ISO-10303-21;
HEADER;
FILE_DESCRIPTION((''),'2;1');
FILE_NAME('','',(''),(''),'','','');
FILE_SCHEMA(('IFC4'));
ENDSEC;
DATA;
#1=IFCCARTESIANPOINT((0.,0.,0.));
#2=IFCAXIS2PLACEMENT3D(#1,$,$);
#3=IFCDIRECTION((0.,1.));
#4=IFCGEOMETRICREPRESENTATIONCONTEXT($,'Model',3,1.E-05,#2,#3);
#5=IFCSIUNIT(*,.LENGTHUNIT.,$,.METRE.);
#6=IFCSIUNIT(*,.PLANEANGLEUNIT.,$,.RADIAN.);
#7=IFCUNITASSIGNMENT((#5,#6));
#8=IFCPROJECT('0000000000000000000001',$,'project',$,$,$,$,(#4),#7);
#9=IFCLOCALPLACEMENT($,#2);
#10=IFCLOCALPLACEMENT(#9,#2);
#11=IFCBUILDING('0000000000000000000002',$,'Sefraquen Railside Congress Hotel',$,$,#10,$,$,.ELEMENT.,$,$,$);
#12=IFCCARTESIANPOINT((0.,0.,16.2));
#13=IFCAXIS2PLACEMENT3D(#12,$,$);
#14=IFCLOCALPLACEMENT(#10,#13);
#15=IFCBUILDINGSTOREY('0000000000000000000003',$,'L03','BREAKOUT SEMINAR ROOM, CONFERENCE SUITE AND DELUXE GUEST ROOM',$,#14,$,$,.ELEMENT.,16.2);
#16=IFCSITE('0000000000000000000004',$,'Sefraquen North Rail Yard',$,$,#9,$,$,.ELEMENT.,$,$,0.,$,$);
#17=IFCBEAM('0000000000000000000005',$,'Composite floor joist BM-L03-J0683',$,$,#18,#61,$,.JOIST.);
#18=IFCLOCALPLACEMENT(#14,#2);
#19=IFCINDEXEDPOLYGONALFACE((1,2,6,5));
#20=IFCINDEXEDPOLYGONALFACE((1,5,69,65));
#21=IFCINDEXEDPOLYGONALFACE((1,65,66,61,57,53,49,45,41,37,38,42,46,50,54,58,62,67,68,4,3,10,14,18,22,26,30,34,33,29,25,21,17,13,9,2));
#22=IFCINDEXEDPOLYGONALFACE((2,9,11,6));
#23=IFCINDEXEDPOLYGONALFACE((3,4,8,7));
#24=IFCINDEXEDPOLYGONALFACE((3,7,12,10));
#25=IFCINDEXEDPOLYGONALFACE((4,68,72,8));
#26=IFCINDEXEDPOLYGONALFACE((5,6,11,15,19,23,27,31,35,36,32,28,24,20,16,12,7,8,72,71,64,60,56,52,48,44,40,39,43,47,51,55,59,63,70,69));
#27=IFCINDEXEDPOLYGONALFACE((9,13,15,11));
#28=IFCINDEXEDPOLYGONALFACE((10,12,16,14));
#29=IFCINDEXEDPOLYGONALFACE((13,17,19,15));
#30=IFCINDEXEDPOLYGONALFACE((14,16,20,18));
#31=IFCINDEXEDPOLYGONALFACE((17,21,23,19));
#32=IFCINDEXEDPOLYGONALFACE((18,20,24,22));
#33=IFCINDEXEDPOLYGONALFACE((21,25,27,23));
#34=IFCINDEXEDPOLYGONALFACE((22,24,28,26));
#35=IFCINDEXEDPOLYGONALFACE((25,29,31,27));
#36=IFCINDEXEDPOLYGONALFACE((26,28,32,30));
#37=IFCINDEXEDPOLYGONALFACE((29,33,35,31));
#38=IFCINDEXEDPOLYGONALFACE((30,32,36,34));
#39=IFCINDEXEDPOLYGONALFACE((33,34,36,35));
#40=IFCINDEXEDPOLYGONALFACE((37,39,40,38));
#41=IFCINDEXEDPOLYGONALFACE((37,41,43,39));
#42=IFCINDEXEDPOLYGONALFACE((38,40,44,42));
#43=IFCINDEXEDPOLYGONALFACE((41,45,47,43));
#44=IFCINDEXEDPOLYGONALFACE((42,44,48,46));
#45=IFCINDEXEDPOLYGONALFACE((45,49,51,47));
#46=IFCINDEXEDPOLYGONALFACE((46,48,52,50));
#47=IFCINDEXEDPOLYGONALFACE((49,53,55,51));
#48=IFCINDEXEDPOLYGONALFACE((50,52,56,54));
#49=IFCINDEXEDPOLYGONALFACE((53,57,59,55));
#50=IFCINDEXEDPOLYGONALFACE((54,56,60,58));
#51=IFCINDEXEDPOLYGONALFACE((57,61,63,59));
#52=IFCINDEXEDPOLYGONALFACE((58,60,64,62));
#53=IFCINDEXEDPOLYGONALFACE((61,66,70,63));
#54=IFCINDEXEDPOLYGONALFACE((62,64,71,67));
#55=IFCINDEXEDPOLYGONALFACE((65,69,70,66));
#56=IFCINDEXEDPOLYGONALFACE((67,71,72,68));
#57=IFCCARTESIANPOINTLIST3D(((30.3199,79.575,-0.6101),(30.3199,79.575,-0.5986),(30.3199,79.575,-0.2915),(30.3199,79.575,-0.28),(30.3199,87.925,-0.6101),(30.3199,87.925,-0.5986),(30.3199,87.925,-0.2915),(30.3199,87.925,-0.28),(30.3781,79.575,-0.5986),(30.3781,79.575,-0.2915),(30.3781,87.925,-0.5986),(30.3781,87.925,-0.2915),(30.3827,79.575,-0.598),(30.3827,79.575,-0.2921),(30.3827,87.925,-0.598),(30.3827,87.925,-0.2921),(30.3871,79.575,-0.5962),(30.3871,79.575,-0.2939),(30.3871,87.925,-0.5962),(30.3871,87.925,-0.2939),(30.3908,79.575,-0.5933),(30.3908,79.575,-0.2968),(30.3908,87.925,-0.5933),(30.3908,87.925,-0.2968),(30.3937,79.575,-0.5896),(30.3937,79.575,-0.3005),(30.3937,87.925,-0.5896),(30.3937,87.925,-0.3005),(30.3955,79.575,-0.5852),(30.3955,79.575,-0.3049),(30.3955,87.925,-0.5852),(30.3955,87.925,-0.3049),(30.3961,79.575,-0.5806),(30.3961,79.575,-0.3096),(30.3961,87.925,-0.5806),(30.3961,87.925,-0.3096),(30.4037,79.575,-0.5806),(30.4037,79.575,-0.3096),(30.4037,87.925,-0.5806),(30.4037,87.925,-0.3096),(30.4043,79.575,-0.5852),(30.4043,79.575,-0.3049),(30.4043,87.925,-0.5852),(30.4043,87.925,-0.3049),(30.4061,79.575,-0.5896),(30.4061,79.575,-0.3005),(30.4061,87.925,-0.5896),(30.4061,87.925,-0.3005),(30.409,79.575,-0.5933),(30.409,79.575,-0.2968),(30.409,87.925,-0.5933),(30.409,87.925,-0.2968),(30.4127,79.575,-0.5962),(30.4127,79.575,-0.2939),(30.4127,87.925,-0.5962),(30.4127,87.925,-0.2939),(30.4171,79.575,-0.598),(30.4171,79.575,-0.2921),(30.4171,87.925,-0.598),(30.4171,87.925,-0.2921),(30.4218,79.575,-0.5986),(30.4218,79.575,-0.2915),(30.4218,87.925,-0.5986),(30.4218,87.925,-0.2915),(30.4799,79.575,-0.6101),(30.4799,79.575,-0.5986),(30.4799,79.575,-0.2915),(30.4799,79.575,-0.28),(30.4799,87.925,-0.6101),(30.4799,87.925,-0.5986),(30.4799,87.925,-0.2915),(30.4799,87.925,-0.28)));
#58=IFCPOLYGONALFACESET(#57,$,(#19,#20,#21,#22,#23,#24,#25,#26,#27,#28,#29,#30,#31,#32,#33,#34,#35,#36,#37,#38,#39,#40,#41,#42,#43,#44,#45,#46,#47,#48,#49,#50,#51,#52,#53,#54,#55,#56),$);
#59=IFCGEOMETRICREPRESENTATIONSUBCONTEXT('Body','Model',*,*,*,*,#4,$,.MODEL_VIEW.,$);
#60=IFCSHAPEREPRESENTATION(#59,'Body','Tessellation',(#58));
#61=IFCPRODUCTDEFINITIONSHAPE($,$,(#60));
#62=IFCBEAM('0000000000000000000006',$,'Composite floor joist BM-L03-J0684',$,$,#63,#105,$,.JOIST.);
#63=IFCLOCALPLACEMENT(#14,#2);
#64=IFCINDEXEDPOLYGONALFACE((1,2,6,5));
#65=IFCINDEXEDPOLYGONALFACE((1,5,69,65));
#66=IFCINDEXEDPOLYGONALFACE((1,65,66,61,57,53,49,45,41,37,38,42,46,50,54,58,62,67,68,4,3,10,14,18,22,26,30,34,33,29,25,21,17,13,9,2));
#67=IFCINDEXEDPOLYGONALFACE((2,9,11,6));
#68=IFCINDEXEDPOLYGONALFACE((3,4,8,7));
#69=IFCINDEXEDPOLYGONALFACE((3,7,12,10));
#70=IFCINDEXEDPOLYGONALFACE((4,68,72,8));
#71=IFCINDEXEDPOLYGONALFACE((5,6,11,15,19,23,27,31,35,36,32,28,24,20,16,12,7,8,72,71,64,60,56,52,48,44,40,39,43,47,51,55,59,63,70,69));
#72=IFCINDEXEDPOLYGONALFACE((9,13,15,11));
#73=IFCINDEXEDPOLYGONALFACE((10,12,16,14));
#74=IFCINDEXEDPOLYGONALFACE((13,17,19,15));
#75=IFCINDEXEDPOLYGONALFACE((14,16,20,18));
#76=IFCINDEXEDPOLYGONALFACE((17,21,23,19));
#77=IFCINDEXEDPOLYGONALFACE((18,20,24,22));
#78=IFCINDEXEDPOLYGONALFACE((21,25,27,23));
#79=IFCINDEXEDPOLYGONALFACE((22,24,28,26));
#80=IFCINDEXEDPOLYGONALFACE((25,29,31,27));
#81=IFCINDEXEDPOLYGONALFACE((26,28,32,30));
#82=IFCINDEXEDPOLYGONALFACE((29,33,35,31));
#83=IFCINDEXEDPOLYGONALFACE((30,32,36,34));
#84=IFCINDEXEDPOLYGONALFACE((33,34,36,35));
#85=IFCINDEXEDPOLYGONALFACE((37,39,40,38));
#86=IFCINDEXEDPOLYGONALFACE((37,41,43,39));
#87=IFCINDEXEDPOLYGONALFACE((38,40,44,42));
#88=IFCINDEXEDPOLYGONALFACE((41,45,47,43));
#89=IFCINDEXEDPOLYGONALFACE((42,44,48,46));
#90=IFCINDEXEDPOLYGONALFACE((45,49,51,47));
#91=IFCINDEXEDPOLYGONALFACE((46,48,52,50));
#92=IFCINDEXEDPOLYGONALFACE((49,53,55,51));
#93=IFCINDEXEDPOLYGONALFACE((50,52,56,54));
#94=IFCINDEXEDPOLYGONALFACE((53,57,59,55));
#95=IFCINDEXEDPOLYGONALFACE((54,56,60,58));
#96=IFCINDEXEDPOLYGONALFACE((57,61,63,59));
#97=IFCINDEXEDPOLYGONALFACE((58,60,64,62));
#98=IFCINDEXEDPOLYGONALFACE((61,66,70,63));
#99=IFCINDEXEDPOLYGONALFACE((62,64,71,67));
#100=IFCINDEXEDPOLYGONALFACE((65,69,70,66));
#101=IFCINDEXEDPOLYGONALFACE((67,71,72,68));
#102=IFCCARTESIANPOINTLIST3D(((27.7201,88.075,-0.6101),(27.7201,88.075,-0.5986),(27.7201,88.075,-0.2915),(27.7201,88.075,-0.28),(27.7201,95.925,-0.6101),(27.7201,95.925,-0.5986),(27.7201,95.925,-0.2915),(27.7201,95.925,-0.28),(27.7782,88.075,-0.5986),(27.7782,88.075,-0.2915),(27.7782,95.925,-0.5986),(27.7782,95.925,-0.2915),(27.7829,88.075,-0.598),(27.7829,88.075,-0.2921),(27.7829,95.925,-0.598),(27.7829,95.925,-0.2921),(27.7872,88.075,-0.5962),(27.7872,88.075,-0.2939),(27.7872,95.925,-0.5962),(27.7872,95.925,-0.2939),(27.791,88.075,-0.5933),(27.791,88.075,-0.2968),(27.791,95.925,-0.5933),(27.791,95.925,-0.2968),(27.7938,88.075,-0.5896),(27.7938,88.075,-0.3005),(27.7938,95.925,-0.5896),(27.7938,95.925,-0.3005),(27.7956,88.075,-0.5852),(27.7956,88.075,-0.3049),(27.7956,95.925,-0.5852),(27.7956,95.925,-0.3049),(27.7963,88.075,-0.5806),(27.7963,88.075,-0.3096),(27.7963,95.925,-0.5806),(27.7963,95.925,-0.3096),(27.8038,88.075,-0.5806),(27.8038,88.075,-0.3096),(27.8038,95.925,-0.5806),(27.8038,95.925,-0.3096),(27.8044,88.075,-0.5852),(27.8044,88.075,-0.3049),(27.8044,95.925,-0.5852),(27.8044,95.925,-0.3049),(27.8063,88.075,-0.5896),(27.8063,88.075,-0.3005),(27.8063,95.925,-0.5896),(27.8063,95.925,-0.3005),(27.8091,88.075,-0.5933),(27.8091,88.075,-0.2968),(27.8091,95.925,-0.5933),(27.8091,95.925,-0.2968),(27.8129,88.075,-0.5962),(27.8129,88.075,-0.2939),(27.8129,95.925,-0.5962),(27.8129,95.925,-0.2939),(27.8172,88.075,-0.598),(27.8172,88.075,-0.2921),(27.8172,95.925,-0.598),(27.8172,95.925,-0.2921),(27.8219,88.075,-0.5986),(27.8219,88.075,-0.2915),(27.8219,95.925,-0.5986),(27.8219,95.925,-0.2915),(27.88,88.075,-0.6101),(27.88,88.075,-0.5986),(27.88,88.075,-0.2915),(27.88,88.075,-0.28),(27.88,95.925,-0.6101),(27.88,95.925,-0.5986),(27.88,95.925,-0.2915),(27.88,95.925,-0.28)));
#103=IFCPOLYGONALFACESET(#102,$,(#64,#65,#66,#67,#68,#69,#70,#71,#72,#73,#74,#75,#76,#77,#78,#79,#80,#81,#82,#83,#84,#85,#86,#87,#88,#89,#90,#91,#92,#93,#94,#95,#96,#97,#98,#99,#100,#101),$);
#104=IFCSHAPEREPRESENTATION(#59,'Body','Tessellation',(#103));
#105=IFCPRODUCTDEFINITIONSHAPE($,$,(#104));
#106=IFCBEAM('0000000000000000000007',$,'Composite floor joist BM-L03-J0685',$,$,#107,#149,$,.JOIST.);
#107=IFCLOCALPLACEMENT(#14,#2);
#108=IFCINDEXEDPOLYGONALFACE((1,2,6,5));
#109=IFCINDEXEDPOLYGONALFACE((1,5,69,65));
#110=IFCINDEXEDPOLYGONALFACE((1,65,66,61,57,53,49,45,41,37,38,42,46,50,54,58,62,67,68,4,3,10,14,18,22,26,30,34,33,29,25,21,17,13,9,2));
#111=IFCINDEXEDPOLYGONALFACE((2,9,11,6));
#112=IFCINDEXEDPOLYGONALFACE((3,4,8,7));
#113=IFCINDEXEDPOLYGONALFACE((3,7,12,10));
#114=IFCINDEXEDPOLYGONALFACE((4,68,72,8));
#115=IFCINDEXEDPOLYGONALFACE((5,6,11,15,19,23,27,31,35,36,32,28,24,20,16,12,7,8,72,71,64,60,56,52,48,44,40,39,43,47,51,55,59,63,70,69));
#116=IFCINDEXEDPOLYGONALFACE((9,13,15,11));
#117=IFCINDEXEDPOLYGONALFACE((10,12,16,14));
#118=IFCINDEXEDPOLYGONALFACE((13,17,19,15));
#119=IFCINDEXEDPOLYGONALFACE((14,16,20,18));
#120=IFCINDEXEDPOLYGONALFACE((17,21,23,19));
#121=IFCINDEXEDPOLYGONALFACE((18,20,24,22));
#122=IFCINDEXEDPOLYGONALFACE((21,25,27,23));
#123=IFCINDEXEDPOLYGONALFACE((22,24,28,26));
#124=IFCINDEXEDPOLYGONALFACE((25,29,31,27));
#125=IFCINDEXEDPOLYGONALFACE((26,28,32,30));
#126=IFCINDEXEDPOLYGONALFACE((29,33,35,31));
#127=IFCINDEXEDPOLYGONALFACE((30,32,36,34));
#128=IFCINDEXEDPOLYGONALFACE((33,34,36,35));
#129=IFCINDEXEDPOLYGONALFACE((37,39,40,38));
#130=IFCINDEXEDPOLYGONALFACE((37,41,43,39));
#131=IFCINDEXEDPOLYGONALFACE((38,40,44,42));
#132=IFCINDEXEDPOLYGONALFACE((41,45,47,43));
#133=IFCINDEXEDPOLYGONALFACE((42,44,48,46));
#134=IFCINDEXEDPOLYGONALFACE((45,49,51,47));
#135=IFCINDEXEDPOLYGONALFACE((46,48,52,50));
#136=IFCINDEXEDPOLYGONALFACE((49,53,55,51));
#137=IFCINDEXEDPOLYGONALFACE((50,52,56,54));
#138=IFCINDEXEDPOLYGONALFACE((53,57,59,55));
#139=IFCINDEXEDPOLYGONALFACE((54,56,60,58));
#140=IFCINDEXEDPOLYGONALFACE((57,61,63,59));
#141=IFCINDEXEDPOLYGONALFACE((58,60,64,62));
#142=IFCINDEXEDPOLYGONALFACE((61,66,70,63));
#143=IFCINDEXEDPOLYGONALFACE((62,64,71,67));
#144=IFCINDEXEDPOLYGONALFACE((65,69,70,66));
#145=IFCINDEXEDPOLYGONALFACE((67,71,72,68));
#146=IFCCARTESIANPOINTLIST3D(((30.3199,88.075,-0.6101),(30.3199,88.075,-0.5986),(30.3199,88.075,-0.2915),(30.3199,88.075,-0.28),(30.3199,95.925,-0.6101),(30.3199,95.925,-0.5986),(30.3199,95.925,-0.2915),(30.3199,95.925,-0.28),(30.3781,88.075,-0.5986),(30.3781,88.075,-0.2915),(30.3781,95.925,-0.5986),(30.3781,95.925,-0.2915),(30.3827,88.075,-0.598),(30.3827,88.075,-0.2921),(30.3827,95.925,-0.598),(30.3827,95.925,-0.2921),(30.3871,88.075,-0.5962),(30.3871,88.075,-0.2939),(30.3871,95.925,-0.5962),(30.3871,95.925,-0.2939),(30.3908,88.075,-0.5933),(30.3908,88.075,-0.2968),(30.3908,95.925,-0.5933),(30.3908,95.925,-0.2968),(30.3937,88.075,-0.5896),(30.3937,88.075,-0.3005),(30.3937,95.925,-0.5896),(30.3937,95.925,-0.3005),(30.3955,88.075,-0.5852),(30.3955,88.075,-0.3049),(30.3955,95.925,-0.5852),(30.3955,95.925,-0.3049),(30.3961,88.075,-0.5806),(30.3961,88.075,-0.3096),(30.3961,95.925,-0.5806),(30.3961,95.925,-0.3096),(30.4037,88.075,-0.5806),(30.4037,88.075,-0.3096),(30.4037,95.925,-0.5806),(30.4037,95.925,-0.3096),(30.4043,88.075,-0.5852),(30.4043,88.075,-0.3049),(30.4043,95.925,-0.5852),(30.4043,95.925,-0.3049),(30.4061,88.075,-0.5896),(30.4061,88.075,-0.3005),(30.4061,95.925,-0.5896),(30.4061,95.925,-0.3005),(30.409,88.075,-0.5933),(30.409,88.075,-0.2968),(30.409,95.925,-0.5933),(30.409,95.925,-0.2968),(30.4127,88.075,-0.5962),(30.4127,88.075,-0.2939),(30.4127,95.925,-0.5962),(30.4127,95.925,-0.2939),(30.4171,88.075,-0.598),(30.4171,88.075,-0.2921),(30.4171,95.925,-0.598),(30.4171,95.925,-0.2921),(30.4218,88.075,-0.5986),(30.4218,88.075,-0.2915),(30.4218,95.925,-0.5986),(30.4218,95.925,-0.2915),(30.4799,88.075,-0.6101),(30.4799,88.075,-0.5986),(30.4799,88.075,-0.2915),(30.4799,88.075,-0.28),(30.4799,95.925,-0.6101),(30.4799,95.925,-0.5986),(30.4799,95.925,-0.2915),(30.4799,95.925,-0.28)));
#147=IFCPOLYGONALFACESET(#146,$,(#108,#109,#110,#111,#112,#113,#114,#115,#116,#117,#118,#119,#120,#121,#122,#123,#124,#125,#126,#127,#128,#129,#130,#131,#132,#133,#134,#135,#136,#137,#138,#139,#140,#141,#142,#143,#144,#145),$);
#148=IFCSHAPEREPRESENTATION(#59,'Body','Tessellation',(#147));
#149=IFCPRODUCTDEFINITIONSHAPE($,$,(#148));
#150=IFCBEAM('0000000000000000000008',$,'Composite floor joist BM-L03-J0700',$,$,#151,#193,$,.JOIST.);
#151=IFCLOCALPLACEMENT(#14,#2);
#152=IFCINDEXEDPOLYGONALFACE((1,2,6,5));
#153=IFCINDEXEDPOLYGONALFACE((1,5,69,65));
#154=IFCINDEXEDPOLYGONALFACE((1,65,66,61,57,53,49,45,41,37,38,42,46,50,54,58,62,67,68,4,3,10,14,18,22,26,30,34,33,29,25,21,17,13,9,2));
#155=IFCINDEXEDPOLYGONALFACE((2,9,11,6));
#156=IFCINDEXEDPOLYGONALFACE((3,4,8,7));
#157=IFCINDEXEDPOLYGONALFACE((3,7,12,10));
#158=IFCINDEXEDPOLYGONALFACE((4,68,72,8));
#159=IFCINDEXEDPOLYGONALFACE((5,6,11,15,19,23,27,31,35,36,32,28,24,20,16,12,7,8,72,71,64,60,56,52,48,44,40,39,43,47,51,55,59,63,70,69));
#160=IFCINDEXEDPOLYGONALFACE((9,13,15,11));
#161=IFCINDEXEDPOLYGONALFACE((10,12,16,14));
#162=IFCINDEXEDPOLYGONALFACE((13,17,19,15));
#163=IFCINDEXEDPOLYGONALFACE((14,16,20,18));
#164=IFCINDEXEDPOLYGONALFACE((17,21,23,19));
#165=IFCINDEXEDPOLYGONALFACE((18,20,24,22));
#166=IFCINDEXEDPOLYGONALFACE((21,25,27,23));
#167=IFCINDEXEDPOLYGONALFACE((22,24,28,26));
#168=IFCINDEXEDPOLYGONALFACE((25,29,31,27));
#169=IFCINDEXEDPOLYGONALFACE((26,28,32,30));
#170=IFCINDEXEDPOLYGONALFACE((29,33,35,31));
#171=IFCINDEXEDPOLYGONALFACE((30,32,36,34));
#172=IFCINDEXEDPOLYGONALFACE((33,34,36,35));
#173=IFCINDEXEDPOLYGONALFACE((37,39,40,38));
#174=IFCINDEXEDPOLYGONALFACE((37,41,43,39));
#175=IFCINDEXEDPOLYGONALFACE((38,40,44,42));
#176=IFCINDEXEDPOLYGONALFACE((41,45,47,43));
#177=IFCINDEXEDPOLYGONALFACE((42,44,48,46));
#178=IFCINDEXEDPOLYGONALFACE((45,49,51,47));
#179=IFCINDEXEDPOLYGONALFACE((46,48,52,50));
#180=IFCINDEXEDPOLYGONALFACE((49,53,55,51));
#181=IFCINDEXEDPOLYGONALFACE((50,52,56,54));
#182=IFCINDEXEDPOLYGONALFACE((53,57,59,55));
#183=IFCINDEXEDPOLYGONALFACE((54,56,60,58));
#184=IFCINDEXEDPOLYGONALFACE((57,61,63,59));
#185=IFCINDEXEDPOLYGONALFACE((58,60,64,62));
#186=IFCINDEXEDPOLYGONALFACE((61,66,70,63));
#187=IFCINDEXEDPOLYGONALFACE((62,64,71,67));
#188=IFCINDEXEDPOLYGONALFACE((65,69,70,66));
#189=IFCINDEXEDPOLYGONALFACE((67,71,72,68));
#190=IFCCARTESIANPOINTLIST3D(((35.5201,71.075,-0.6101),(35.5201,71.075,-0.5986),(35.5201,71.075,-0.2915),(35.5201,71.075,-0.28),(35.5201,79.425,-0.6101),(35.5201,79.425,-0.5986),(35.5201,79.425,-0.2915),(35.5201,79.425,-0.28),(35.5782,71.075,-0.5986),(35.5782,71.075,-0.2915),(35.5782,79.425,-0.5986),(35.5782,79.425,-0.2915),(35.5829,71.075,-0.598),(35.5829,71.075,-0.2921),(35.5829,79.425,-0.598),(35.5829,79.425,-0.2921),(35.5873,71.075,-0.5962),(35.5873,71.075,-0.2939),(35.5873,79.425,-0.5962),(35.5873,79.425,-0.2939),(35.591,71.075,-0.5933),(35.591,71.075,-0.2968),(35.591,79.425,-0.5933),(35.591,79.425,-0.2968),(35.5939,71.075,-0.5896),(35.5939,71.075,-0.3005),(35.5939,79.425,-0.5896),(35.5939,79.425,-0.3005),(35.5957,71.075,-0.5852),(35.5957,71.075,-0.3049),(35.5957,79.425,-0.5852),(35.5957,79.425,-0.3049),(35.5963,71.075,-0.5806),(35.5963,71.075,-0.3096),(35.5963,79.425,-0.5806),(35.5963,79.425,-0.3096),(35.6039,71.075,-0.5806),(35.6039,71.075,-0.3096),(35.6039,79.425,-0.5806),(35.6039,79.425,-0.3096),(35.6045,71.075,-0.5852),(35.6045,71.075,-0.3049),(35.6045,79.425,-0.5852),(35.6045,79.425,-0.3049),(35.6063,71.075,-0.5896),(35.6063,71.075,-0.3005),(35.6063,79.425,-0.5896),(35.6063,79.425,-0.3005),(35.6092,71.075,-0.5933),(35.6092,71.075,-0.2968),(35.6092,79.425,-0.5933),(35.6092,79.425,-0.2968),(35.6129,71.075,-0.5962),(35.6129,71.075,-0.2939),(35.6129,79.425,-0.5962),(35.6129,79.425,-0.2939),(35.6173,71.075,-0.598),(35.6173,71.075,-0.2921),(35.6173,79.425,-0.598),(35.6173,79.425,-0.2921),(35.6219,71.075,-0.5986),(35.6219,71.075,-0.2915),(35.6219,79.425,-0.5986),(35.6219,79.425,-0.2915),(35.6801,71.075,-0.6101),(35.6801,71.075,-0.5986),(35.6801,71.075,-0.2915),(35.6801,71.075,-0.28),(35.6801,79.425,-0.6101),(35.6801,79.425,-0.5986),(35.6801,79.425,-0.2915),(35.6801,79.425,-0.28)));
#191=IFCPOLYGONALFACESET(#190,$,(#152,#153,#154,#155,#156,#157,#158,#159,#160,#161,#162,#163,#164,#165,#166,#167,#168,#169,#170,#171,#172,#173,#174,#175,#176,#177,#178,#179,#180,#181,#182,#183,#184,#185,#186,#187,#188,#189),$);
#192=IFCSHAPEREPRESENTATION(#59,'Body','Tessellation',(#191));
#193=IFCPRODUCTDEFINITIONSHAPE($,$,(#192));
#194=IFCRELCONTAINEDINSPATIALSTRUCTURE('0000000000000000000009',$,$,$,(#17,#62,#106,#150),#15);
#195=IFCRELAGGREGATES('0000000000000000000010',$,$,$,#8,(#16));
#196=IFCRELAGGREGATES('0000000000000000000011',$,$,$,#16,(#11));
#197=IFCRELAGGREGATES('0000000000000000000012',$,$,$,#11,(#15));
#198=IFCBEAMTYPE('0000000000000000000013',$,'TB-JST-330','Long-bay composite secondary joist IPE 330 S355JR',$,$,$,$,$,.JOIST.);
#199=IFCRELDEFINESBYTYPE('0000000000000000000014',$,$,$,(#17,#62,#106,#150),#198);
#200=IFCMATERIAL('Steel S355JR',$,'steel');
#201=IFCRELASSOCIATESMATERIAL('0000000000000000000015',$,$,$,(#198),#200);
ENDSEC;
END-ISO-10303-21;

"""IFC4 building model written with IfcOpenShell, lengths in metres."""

from ifc_helpers import new_model, si_unit, direction, frame, origin, origin_2d, place, context, subcontext, project, spatial, i_section, extrude, material, material_profile, profile_set, type_object, element, save


model = new_model("IFC4")

# Units and contexts
model_context = context("Model", 3, precision=1e-05, world=origin(), true_north=direction((0.0, 1.0)))
body_context = subcontext(model_context, "Body", "Model", "MODEL_VIEW")
ifc_project = project(units=[si_unit("LENGTHUNIT", "METRE"), si_unit("PLANEANGLEUNIT", "RADIAN")], contexts=[model_context])

# Site, building, storey
site_placement = place(None, origin())
site = spatial("IfcSite", under=ifc_project, at=site_placement, Name="Sefraquen North Rail Yard", CompositionType="ELEMENT", RefElevation=0.0)
building_placement = place(site_placement, origin())
building = spatial("IfcBuilding", under=site, at=building_placement, Name="Sefraquen Railside Congress Hotel", CompositionType="ELEMENT")
storey_placement = place(building_placement, frame((0.0, 0.0, 16.2)))
storey = spatial("IfcBuildingStorey", under=building, at=storey_placement, Name="L03", Description="BREAKOUT SEMINAR ROOM, CONFERENCE SUITE AND DELUXE GUEST ROOM", CompositionType="ELEMENT", Elevation=16.2)

# Shared definitions
ifc_material_1 = material(Name="Steel S355JR", Category="steel")

# Beams
ifc_material_profile_1 = material_profile(ifc_material_1, i_section(OverallWidth=0.1599, OverallDepth=0.3301, WebThickness=0.0076, FlangeThickness=0.0115, FilletRadius=0.0181, at=origin_2d()), Name="IPE 330")
ifc_profile_set_1 = profile_set([ifc_material_profile_1], Name="Steel S355JR")
beam_type_1 = type_object("IfcBeamType", Name="TB-JST-330", Description="Long-bay composite secondary joist IPE 330 S355JR", PredefinedType="JOIST", material=ifc_profile_set_1)
for number, where, z_axis, x_axis, name in (
    (1, (30.3999, 79.575, -0.4451), (0.0, 1.0, 0.0), (-1.0, 0.0, 0.0), "Composite floor joist BM-L03-J0683"),
):
    element("IfcBeam", number, at=place(storey_placement, frame(where, z_axis=z_axis, x_axis=x_axis)), inside=storey, type_object=beam_type_1, Name=name, PredefinedType="JOIST", context=body_context, shape_type="SweptSolid", body=[
        extrude(i_section(OverallWidth=0.1599, OverallDepth=0.3301, WebThickness=0.0076, FlangeThickness=0.0115, FilletRadius=0.0181, at=origin_2d()), origin(), (0.0, 0.0, 1.0), 8.3501),
    ])
for number, where, z_axis, x_axis, name in (
    (2, (27.8, 88.075, -0.4451), (0.0, 1.0, 0.0), (-1.0, 0.0, 0.0), "Composite floor joist BM-L03-J0684"),
    (3, (30.3999, 88.075, -0.4451), (0.0, 1.0, 0.0), (-1.0, 0.0, 0.0), "Composite floor joist BM-L03-J0685"),
):
    element("IfcBeam", number, at=place(storey_placement, frame(where, z_axis=z_axis, x_axis=x_axis)), inside=storey, type_object=beam_type_1, Name=name, PredefinedType="JOIST", context=body_context, shape_type="SweptSolid", body=[
        extrude(i_section(OverallWidth=0.1599, OverallDepth=0.3301, WebThickness=0.0076, FlangeThickness=0.0115, FilletRadius=0.0181, at=origin_2d()), origin(), (0.0, 0.0, 1.0), 7.8501),
    ])
for number, where, z_axis, x_axis, name in (
    (4, (35.6001, 71.075, -0.4451), (0.0, 1.0, 0.0), (-1.0, 0.0, 0.0), "Composite floor joist BM-L03-J0700"),
):
    element("IfcBeam", number, at=place(storey_placement, frame(where, z_axis=z_axis, x_axis=x_axis)), inside=storey, type_object=beam_type_1, Name=name, PredefinedType="JOIST", context=body_context, shape_type="SweptSolid", body=[
        extrude(i_section(OverallWidth=0.1599, OverallDepth=0.3301, WebThickness=0.0076, FlangeThickness=0.0115, FilletRadius=0.0181, at=origin_2d()), origin(), (0.0, 0.0, 1.0), 8.3501),
    ])

save(model, "model.ifc")
